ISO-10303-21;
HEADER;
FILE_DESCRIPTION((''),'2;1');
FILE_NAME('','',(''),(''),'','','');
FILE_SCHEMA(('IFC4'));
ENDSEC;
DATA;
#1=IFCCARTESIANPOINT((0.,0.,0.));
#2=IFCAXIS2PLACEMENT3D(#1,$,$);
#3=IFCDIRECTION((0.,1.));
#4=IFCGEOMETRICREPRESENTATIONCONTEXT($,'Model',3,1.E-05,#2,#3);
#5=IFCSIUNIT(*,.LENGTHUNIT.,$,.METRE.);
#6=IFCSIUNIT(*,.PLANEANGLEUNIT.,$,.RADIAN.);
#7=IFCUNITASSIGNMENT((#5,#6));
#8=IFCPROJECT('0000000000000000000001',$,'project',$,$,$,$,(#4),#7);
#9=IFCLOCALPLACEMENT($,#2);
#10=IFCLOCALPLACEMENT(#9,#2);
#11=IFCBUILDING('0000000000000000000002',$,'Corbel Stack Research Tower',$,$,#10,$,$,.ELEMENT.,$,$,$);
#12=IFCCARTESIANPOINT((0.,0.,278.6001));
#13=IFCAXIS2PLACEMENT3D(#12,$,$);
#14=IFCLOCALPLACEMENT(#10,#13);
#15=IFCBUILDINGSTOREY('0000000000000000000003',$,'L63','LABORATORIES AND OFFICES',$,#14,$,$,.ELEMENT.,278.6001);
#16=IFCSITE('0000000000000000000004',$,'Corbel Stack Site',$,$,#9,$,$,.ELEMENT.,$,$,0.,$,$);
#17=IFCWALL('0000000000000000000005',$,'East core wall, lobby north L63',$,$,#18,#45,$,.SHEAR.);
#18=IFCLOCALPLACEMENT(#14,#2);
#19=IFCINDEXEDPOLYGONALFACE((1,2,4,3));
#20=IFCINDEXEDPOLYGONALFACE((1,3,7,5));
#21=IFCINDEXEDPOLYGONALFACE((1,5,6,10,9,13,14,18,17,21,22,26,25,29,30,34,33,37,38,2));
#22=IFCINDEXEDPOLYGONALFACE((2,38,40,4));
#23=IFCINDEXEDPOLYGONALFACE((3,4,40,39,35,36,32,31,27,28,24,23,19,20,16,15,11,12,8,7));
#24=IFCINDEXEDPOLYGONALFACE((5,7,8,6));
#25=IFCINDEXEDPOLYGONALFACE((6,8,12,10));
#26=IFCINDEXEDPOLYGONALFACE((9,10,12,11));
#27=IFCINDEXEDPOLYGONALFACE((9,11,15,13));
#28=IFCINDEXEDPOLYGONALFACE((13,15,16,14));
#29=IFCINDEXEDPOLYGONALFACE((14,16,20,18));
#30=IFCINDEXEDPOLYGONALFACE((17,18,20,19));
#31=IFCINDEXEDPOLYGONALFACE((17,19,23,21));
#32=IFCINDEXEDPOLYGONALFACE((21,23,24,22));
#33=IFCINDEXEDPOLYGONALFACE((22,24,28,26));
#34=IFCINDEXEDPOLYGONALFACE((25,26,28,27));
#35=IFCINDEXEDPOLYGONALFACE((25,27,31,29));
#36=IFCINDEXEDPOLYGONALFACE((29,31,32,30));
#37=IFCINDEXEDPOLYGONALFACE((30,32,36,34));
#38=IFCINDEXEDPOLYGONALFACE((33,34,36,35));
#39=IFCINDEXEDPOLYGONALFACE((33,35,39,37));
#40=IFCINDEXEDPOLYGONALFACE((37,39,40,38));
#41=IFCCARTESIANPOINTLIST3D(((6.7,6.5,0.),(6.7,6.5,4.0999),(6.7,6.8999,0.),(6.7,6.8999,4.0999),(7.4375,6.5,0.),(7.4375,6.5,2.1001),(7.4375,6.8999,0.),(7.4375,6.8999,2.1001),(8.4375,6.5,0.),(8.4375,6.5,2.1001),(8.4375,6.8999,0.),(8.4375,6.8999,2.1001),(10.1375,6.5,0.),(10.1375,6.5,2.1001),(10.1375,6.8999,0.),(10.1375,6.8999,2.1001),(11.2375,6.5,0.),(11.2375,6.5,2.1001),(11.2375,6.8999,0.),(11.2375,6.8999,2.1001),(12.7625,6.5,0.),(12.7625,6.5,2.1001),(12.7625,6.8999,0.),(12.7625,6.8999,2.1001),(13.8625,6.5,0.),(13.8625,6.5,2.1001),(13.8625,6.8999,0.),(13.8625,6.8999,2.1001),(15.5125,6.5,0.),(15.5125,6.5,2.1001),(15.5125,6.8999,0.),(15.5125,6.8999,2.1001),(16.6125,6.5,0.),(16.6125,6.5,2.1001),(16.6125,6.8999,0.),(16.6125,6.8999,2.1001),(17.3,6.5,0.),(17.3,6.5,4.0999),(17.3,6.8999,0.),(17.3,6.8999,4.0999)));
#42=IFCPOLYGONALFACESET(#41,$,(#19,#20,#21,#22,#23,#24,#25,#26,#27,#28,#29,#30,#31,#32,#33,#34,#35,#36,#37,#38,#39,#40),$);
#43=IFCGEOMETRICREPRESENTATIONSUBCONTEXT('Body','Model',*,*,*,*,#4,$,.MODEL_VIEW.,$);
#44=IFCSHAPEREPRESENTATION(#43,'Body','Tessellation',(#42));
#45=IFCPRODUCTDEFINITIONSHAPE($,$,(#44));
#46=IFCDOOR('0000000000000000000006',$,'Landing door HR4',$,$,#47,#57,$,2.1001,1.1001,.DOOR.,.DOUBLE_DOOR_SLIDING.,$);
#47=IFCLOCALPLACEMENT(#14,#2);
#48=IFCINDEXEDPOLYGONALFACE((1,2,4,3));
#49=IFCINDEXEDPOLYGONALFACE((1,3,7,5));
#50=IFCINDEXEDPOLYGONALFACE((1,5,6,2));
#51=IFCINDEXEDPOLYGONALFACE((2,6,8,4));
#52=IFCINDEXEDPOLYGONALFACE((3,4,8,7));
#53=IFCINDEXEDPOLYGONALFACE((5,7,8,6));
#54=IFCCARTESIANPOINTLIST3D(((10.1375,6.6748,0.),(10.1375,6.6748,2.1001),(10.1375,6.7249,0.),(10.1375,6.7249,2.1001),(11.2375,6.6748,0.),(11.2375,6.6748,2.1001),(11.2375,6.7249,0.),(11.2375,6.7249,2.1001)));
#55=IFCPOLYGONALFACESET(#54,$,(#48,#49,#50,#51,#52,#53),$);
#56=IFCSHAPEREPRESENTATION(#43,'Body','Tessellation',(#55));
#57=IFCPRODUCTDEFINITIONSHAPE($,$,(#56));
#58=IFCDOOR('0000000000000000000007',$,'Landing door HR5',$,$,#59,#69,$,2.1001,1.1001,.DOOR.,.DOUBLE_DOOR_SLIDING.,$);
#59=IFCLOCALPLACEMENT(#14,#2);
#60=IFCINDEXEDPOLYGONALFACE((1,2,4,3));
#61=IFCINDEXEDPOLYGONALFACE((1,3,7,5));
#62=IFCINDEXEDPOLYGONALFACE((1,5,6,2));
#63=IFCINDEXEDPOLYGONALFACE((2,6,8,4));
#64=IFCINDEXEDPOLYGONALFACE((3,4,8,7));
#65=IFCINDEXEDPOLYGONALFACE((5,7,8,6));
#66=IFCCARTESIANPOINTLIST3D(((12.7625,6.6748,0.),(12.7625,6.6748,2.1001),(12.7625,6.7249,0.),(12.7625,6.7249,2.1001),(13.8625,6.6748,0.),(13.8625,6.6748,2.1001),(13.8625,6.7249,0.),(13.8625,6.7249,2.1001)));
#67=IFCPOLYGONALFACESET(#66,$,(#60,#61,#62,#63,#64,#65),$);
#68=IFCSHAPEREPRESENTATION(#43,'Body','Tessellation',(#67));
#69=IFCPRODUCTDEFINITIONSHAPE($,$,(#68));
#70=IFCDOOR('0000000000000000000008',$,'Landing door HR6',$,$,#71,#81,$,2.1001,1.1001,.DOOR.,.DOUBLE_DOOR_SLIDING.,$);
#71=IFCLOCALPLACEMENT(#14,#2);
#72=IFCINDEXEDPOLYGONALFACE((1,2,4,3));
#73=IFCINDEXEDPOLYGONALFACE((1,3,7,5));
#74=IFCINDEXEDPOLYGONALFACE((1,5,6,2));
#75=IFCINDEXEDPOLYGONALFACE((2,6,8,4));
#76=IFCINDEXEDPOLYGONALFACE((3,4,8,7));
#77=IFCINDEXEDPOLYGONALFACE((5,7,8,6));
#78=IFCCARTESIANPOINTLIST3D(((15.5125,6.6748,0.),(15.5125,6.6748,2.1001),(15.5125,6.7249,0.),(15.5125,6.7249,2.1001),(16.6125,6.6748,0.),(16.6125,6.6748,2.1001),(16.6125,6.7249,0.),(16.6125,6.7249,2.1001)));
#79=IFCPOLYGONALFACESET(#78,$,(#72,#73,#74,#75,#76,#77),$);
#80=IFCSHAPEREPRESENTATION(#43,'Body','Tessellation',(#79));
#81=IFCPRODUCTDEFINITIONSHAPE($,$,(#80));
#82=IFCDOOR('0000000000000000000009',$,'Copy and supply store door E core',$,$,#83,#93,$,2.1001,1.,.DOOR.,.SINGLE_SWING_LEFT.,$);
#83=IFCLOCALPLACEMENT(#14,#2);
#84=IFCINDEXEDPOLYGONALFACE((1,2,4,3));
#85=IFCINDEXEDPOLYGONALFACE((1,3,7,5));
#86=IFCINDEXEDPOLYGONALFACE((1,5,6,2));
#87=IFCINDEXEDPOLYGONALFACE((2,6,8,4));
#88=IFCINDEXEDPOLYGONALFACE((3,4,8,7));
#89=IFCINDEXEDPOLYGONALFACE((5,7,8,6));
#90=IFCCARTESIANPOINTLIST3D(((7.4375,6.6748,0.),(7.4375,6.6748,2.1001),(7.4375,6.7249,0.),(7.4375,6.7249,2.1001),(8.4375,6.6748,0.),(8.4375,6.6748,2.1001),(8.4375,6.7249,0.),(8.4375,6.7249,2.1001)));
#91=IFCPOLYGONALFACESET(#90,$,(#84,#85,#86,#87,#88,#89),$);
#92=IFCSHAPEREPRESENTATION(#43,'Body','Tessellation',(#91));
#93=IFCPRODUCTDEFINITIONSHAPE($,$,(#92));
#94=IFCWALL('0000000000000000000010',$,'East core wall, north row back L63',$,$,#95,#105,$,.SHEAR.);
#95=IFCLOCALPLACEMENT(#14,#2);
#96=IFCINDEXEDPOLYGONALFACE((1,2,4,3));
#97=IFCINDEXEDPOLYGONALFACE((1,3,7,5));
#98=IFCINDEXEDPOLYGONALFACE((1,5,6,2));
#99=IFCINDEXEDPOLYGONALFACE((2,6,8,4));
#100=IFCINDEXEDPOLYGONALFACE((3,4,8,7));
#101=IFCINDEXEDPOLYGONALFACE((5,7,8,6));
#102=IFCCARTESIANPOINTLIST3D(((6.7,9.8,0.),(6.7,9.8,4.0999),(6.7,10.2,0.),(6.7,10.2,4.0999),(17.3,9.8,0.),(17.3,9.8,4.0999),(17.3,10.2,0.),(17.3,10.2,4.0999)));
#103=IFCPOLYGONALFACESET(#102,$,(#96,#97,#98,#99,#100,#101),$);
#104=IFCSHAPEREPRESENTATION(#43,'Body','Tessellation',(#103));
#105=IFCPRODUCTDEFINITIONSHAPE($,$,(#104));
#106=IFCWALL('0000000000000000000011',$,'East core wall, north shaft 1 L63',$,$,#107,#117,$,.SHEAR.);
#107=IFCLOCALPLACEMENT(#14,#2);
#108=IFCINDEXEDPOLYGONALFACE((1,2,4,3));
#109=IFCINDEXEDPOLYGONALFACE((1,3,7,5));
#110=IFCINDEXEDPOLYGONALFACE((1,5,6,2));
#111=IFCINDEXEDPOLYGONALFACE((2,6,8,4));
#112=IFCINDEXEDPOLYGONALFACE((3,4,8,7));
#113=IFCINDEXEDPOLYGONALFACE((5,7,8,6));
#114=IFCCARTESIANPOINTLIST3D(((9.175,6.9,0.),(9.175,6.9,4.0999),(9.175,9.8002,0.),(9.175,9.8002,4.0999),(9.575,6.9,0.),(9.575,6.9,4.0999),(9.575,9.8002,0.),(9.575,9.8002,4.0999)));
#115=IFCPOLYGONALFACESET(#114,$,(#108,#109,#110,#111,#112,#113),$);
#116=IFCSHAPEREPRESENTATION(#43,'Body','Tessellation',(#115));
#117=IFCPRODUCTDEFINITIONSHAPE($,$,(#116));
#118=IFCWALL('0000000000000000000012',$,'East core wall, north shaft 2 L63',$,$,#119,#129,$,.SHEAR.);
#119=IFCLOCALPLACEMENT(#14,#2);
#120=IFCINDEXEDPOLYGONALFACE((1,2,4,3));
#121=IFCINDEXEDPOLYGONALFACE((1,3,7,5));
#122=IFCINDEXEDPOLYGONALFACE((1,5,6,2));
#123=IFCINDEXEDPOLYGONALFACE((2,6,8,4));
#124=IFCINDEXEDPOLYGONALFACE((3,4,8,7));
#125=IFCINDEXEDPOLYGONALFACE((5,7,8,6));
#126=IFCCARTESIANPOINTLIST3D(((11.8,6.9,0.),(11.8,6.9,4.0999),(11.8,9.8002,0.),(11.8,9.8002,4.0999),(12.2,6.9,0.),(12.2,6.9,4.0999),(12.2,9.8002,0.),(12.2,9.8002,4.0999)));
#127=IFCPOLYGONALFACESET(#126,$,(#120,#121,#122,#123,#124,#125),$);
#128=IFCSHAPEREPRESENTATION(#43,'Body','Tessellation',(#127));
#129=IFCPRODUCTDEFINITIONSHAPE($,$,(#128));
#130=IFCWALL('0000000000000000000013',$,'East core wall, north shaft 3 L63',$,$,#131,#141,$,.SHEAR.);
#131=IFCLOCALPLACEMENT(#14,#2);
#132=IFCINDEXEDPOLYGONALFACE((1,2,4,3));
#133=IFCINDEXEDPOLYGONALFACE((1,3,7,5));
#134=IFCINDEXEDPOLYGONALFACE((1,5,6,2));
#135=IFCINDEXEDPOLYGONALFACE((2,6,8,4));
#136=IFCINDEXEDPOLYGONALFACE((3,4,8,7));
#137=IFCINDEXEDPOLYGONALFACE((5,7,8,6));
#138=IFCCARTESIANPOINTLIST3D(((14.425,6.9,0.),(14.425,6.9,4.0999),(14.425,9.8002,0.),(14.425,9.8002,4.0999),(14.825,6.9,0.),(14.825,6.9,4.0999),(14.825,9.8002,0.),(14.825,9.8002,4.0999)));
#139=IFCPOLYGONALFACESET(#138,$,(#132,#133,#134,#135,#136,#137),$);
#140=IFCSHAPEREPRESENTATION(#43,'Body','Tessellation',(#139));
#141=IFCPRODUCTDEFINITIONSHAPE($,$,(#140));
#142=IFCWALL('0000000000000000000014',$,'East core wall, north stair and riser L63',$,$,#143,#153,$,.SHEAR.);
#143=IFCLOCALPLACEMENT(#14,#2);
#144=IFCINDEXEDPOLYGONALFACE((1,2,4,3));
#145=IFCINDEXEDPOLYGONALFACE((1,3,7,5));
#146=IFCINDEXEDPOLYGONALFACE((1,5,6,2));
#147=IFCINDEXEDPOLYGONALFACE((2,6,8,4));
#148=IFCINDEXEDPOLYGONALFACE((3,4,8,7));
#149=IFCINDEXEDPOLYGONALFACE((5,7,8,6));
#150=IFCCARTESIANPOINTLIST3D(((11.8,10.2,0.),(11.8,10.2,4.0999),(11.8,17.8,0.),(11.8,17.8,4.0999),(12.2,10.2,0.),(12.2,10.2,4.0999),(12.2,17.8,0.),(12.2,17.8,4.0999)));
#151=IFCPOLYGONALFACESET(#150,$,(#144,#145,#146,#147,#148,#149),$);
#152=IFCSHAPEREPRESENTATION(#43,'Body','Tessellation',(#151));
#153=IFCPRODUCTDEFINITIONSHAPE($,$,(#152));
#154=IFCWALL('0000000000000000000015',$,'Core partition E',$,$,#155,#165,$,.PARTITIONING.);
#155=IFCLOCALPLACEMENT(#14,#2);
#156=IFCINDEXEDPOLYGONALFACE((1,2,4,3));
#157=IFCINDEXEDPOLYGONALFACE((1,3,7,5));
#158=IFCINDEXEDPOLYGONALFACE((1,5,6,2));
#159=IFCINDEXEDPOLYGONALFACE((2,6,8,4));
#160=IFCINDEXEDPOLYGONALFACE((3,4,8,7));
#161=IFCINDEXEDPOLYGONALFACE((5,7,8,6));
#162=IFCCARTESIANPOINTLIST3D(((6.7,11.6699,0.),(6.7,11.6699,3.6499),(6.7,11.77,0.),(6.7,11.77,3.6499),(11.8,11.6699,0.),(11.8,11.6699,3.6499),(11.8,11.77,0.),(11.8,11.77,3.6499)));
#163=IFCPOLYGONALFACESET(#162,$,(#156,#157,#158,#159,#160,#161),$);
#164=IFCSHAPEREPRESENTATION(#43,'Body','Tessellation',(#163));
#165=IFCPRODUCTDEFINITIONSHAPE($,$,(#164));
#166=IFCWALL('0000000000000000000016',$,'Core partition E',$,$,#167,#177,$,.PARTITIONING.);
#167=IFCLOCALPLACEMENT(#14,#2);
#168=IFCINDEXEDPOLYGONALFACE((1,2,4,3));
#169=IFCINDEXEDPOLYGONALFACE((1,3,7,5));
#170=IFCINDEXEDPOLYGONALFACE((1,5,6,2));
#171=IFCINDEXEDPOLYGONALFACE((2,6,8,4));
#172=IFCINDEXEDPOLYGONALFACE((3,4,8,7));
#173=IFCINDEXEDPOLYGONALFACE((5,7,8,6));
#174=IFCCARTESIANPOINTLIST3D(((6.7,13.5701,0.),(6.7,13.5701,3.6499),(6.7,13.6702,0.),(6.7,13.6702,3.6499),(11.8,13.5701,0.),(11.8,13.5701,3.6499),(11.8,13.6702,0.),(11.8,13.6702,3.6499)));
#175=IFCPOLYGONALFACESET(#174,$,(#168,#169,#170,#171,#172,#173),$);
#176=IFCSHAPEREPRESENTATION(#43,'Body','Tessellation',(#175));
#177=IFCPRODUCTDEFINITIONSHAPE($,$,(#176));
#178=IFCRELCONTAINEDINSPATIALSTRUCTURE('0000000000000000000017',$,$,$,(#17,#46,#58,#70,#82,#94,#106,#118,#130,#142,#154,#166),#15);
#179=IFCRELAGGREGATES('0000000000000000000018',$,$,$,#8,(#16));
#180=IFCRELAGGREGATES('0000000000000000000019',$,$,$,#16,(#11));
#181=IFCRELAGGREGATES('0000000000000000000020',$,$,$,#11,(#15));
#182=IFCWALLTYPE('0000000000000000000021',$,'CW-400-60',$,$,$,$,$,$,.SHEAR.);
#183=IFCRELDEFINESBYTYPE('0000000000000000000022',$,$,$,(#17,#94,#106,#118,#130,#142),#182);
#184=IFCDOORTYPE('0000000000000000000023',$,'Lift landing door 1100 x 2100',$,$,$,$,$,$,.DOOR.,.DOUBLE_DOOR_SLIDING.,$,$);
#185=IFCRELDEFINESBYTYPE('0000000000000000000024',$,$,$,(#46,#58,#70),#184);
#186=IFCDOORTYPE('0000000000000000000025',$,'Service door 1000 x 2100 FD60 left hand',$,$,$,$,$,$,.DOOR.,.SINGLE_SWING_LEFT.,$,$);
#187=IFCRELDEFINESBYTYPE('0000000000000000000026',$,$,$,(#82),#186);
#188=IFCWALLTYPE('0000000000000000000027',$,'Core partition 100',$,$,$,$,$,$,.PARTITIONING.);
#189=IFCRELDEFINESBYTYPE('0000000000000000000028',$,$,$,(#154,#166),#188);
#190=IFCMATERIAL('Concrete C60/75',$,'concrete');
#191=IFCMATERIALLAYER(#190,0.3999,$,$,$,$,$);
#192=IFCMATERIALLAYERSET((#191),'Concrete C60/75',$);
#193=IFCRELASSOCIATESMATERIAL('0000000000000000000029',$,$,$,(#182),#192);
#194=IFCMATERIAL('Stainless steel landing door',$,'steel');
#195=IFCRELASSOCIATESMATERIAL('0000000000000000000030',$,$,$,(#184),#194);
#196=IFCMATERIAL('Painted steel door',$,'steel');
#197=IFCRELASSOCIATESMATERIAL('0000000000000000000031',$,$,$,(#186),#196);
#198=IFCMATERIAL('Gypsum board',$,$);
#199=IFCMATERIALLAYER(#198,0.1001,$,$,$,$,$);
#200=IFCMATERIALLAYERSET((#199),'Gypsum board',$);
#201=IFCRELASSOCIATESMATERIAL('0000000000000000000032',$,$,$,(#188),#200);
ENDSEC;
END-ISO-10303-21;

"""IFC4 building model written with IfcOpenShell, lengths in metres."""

from ifc_helpers import new_model, si_unit, direction, frame, frame_2d, origin, place, context, subcontext, project, spatial, rectangle, extrude, material, layer, layer_set, type_object, element, fill, save


model = new_model("IFC4")

# Units and contexts
model_context = context("Model", 3, precision=1e-05, world=origin(), true_north=direction((0.0, 1.0)))
body_context = subcontext(model_context, "Body", "Model", "MODEL_VIEW")
ifc_project = project(units=[si_unit("LENGTHUNIT", "METRE"), si_unit("PLANEANGLEUNIT", "RADIAN")], contexts=[model_context])

# Site, building, storey
site_placement = place(None, origin())
site = spatial("IfcSite", under=ifc_project, at=site_placement, Name="Corbel Stack Site", CompositionType="ELEMENT", RefElevation=0.0)
building_placement = place(site_placement, origin())
building = spatial("IfcBuilding", under=site, at=building_placement, Name="Corbel Stack Research Tower", CompositionType="ELEMENT")
storey_placement = place(building_placement, frame((0.0, 0.0, 278.6001)))
storey = spatial("IfcBuildingStorey", under=building, at=storey_placement, Name="L63", Description="LABORATORIES AND OFFICES", CompositionType="ELEMENT", Elevation=278.6001)

# Wall, openings, doors
ifc_material_1 = material(Name="Concrete C60/75", Category="concrete")
ifc_layer_1 = layer(ifc_material_1, 0.3999)
ifc_layer_set_1 = layer_set([ifc_layer_1], Name="Concrete C60/75")
wall_type_1 = type_object("IfcWallType", Name="CW-400-60", PredefinedType="SHEAR", material=ifc_layer_set_1)
ifc_material_2 = material(Name="Stainless steel landing door", Category="steel")
door_type_1 = type_object("IfcDoorType", Name="Lift landing door 1100 x 2100", OperationType="DOUBLE_DOOR_SLIDING", PredefinedType="DOOR", material=ifc_material_2)
ifc_material_3 = material(Name="Painted steel door", Category="steel")
door_type_2 = type_object("IfcDoorType", Name="Service door 1000 x 2100 FD60 left hand", OperationType="SINGLE_SWING_LEFT", PredefinedType="DOOR", material=ifc_material_3)
wall_1_placement = place(storey_placement, frame((6.7, 6.7, 0.0), z_axis=(0.0, 0.0, 1.0), x_axis=(1.0, 0.0, 0.0)))
wall_1 = element("IfcWall", 1, at=wall_1_placement, inside=storey, type_object=wall_type_1, Name="East core wall, lobby north L63", PredefinedType="SHEAR", context=body_context, shape_type="SweptSolid", body=[
    extrude(rectangle(XDim=10.6001, YDim=0.3999, at=frame_2d((5.3, 0.0))), origin(), (0.0, 0.0, 1.0), 4.0999),
])
opening_1_placement = place(wall_1_placement, frame((3.4375, 0.0, 0.0)))
opening_1 = element("IfcOpeningElement", 2, at=opening_1_placement, cuts=wall_1, PredefinedType="OPENING", context=body_context, shape_type="SweptSolid", body=[
    extrude(rectangle(XDim=1.1001, YDim=2.1001, at=frame_2d((0.55, 1.05))), frame((0.0, 0.21, 0.0), z_axis=(0.0, -1.0, 0.0), x_axis=(1.0, 0.0, 0.0)), (0.0, 0.0, 1.0), 0.4199),
])
opening_2_placement = place(wall_1_placement, frame((6.0625, 0.0, 0.0)))
opening_2 = element("IfcOpeningElement", 3, at=opening_2_placement, cuts=wall_1, PredefinedType="OPENING", context=body_context, shape_type="SweptSolid", body=[
    extrude(rectangle(XDim=1.1001, YDim=2.1001, at=frame_2d((0.55, 1.05))), frame((0.0, 0.21, 0.0), z_axis=(0.0, -1.0, 0.0), x_axis=(1.0, 0.0, 0.0)), (0.0, 0.0, 1.0), 0.4199),
])
opening_3_placement = place(wall_1_placement, frame((8.8125, 0.0, 0.0)))
opening_3 = element("IfcOpeningElement", 4, at=opening_3_placement, cuts=wall_1, PredefinedType="OPENING", context=body_context, shape_type="SweptSolid", body=[
    extrude(rectangle(XDim=1.1001, YDim=2.1001, at=frame_2d((0.55, 1.05))), frame((0.0, 0.21, 0.0), z_axis=(0.0, -1.0, 0.0), x_axis=(1.0, 0.0, 0.0)), (0.0, 0.0, 1.0), 0.4199),
])
opening_4_placement = place(wall_1_placement, frame((0.7375, 0.0, 0.0)))
opening_4 = element("IfcOpeningElement", 5, at=opening_4_placement, cuts=wall_1, PredefinedType="OPENING", context=body_context, shape_type="SweptSolid", body=[
    extrude(rectangle(XDim=1.0, YDim=2.1001, at=frame_2d((0.5, 1.05))), frame((0.0, 0.21, 0.0), z_axis=(0.0, -1.0, 0.0), x_axis=(1.0, 0.0, 0.0)), (0.0, 0.0, 1.0), 0.4199),
])
door_1_placement = place(opening_1_placement, origin())
door_1 = element("IfcDoor", 6, at=door_1_placement, inside=storey, type_object=door_type_1, Name="Landing door HR4", OperationType="DOUBLE_DOOR_SLIDING", OverallHeight=2.1001, OverallWidth=1.1001, PredefinedType="DOOR", context=body_context, shape_type="SweptSolid", body=[
    extrude(rectangle(XDim=1.1001, YDim=2.1001, at=frame_2d((0.55, 1.05))), frame((0.0, 0.0249, 0.0), z_axis=(0.0, -1.0, 0.0), x_axis=(1.0, 0.0, 0.0)), (0.0, 0.0, 1.0), 0.05),
])
fill(opening_1, door_1)
door_2_placement = place(opening_2_placement, origin())
door_2 = element("IfcDoor", 7, at=door_2_placement, inside=storey, type_object=door_type_1, Name="Landing door HR5", OperationType="DOUBLE_DOOR_SLIDING", OverallHeight=2.1001, OverallWidth=1.1001, PredefinedType="DOOR", context=body_context, shape_type="SweptSolid", body=[
    extrude(rectangle(XDim=1.1001, YDim=2.1001, at=frame_2d((0.55, 1.05))), frame((0.0, 0.0249, 0.0), z_axis=(0.0, -1.0, 0.0), x_axis=(1.0, 0.0, 0.0)), (0.0, 0.0, 1.0), 0.05),
])
fill(opening_2, door_2)
door_3_placement = place(opening_3_placement, origin())
door_3 = element("IfcDoor", 8, at=door_3_placement, inside=storey, type_object=door_type_1, Name="Landing door HR6", OperationType="DOUBLE_DOOR_SLIDING", OverallHeight=2.1001, OverallWidth=1.1001, PredefinedType="DOOR", context=body_context, shape_type="SweptSolid", body=[
    extrude(rectangle(XDim=1.1001, YDim=2.1001, at=frame_2d((0.55, 1.05))), frame((0.0, 0.0249, 0.0), z_axis=(0.0, -1.0, 0.0), x_axis=(1.0, 0.0, 0.0)), (0.0, 0.0, 1.0), 0.05),
])
fill(opening_3, door_3)
door_4_placement = place(opening_4_placement, origin())
door_4 = element("IfcDoor", 9, at=door_4_placement, inside=storey, type_object=door_type_2, Name="Copy and supply store door E core", OperationType="SINGLE_SWING_LEFT", OverallHeight=2.1001, OverallWidth=1.0, PredefinedType="DOOR", context=body_context, shape_type="SweptSolid", body=[
    extrude(rectangle(XDim=1.0, YDim=2.1001, at=frame_2d((0.5, 1.05))), frame((0.0, 0.0249, 0.0), z_axis=(0.0, -1.0, 0.0), x_axis=(1.0, 0.0, 0.0)), (0.0, 0.0, 1.0), 0.05),
])
fill(opening_4, door_4)

# Walls
wall_2_placement = place(storey_placement, frame((6.7, 10.0, 0.0), z_axis=(0.0, 0.0, 1.0), x_axis=(1.0, 0.0, 0.0)))
element("IfcWall", 10, at=wall_2_placement, inside=storey, type_object=wall_type_1, Name="East core wall, north row back L63", PredefinedType="SHEAR", context=body_context, shape_type="SweptSolid", body=[
    extrude(rectangle(XDim=10.6001, YDim=0.3999, at=frame_2d((5.3, 0.0))), origin(), (0.0, 0.0, 1.0), 4.0999),
])
for number, where, z_axis, x_axis, name in (
    (11, (9.375, 6.8999, 0.0), (0.0, 0.0, 1.0), (0.0, 1.0, 0.0), "East core wall, north shaft 1 L63"),
    (12, (12.0, 6.8999, 0.0), (0.0, 0.0, 1.0), (0.0, 1.0, 0.0), "East core wall, north shaft 2 L63"),
    (13, (14.625, 6.8999, 0.0), (0.0, 0.0, 1.0), (0.0, 1.0, 0.0), "East core wall, north shaft 3 L63"),
):
    element("IfcWall", number, at=place(storey_placement, frame(where, z_axis=z_axis, x_axis=x_axis)), inside=storey, type_object=wall_type_1, Name=name, PredefinedType="SHEAR", context=body_context, shape_type="SweptSolid", body=[
        extrude(rectangle(XDim=2.9001, YDim=0.3999, at=frame_2d((1.4502, 0.0))), origin(), (0.0, 0.0, 1.0), 4.0999),
    ])
wall_3_placement = place(storey_placement, frame((12.0, 10.2, 0.0), z_axis=(0.0, 0.0, 1.0), x_axis=(0.0, 1.0, 0.0)))
element("IfcWall", 14, at=wall_3_placement, inside=storey, type_object=wall_type_1, Name="East core wall, north stair and riser L63", PredefinedType="SHEAR", context=body_context, shape_type="SweptSolid", body=[
    extrude(rectangle(XDim=7.6001, YDim=0.3999, at=frame_2d((3.8, 0.0))), origin(), (0.0, 0.0, 1.0), 4.0999),
])
ifc_material_4 = material(Name="Gypsum board")
ifc_layer_2 = layer(ifc_material_4, 0.1001)
ifc_layer_set_2 = layer_set([ifc_layer_2], Name="Gypsum board")
wall_type_2 = type_object("IfcWallType", Name="Core partition 100", PredefinedType="PARTITIONING", material=ifc_layer_set_2)
for number, where, z_axis, x_axis, name in (
    (15, (6.7, 11.72, 0.0), (0.0, 0.0, 1.0), (1.0, 0.0, 0.0), "Core partition E"),
    (16, (6.7, 13.6201, 0.0), (0.0, 0.0, 1.0), (1.0, 0.0, 0.0), "Core partition E"),
):
    element("IfcWall", number, at=place(storey_placement, frame(where, z_axis=z_axis, x_axis=x_axis)), inside=storey, type_object=wall_type_2, Name=name, PredefinedType="PARTITIONING", context=body_context, shape_type="SweptSolid", body=[
        extrude(rectangle(XDim=5.1001, YDim=0.1001, at=frame_2d((2.55, 0.0))), origin(), (0.0, 0.0, 1.0), 3.6499),
    ])

save(model, "model.ifc")
